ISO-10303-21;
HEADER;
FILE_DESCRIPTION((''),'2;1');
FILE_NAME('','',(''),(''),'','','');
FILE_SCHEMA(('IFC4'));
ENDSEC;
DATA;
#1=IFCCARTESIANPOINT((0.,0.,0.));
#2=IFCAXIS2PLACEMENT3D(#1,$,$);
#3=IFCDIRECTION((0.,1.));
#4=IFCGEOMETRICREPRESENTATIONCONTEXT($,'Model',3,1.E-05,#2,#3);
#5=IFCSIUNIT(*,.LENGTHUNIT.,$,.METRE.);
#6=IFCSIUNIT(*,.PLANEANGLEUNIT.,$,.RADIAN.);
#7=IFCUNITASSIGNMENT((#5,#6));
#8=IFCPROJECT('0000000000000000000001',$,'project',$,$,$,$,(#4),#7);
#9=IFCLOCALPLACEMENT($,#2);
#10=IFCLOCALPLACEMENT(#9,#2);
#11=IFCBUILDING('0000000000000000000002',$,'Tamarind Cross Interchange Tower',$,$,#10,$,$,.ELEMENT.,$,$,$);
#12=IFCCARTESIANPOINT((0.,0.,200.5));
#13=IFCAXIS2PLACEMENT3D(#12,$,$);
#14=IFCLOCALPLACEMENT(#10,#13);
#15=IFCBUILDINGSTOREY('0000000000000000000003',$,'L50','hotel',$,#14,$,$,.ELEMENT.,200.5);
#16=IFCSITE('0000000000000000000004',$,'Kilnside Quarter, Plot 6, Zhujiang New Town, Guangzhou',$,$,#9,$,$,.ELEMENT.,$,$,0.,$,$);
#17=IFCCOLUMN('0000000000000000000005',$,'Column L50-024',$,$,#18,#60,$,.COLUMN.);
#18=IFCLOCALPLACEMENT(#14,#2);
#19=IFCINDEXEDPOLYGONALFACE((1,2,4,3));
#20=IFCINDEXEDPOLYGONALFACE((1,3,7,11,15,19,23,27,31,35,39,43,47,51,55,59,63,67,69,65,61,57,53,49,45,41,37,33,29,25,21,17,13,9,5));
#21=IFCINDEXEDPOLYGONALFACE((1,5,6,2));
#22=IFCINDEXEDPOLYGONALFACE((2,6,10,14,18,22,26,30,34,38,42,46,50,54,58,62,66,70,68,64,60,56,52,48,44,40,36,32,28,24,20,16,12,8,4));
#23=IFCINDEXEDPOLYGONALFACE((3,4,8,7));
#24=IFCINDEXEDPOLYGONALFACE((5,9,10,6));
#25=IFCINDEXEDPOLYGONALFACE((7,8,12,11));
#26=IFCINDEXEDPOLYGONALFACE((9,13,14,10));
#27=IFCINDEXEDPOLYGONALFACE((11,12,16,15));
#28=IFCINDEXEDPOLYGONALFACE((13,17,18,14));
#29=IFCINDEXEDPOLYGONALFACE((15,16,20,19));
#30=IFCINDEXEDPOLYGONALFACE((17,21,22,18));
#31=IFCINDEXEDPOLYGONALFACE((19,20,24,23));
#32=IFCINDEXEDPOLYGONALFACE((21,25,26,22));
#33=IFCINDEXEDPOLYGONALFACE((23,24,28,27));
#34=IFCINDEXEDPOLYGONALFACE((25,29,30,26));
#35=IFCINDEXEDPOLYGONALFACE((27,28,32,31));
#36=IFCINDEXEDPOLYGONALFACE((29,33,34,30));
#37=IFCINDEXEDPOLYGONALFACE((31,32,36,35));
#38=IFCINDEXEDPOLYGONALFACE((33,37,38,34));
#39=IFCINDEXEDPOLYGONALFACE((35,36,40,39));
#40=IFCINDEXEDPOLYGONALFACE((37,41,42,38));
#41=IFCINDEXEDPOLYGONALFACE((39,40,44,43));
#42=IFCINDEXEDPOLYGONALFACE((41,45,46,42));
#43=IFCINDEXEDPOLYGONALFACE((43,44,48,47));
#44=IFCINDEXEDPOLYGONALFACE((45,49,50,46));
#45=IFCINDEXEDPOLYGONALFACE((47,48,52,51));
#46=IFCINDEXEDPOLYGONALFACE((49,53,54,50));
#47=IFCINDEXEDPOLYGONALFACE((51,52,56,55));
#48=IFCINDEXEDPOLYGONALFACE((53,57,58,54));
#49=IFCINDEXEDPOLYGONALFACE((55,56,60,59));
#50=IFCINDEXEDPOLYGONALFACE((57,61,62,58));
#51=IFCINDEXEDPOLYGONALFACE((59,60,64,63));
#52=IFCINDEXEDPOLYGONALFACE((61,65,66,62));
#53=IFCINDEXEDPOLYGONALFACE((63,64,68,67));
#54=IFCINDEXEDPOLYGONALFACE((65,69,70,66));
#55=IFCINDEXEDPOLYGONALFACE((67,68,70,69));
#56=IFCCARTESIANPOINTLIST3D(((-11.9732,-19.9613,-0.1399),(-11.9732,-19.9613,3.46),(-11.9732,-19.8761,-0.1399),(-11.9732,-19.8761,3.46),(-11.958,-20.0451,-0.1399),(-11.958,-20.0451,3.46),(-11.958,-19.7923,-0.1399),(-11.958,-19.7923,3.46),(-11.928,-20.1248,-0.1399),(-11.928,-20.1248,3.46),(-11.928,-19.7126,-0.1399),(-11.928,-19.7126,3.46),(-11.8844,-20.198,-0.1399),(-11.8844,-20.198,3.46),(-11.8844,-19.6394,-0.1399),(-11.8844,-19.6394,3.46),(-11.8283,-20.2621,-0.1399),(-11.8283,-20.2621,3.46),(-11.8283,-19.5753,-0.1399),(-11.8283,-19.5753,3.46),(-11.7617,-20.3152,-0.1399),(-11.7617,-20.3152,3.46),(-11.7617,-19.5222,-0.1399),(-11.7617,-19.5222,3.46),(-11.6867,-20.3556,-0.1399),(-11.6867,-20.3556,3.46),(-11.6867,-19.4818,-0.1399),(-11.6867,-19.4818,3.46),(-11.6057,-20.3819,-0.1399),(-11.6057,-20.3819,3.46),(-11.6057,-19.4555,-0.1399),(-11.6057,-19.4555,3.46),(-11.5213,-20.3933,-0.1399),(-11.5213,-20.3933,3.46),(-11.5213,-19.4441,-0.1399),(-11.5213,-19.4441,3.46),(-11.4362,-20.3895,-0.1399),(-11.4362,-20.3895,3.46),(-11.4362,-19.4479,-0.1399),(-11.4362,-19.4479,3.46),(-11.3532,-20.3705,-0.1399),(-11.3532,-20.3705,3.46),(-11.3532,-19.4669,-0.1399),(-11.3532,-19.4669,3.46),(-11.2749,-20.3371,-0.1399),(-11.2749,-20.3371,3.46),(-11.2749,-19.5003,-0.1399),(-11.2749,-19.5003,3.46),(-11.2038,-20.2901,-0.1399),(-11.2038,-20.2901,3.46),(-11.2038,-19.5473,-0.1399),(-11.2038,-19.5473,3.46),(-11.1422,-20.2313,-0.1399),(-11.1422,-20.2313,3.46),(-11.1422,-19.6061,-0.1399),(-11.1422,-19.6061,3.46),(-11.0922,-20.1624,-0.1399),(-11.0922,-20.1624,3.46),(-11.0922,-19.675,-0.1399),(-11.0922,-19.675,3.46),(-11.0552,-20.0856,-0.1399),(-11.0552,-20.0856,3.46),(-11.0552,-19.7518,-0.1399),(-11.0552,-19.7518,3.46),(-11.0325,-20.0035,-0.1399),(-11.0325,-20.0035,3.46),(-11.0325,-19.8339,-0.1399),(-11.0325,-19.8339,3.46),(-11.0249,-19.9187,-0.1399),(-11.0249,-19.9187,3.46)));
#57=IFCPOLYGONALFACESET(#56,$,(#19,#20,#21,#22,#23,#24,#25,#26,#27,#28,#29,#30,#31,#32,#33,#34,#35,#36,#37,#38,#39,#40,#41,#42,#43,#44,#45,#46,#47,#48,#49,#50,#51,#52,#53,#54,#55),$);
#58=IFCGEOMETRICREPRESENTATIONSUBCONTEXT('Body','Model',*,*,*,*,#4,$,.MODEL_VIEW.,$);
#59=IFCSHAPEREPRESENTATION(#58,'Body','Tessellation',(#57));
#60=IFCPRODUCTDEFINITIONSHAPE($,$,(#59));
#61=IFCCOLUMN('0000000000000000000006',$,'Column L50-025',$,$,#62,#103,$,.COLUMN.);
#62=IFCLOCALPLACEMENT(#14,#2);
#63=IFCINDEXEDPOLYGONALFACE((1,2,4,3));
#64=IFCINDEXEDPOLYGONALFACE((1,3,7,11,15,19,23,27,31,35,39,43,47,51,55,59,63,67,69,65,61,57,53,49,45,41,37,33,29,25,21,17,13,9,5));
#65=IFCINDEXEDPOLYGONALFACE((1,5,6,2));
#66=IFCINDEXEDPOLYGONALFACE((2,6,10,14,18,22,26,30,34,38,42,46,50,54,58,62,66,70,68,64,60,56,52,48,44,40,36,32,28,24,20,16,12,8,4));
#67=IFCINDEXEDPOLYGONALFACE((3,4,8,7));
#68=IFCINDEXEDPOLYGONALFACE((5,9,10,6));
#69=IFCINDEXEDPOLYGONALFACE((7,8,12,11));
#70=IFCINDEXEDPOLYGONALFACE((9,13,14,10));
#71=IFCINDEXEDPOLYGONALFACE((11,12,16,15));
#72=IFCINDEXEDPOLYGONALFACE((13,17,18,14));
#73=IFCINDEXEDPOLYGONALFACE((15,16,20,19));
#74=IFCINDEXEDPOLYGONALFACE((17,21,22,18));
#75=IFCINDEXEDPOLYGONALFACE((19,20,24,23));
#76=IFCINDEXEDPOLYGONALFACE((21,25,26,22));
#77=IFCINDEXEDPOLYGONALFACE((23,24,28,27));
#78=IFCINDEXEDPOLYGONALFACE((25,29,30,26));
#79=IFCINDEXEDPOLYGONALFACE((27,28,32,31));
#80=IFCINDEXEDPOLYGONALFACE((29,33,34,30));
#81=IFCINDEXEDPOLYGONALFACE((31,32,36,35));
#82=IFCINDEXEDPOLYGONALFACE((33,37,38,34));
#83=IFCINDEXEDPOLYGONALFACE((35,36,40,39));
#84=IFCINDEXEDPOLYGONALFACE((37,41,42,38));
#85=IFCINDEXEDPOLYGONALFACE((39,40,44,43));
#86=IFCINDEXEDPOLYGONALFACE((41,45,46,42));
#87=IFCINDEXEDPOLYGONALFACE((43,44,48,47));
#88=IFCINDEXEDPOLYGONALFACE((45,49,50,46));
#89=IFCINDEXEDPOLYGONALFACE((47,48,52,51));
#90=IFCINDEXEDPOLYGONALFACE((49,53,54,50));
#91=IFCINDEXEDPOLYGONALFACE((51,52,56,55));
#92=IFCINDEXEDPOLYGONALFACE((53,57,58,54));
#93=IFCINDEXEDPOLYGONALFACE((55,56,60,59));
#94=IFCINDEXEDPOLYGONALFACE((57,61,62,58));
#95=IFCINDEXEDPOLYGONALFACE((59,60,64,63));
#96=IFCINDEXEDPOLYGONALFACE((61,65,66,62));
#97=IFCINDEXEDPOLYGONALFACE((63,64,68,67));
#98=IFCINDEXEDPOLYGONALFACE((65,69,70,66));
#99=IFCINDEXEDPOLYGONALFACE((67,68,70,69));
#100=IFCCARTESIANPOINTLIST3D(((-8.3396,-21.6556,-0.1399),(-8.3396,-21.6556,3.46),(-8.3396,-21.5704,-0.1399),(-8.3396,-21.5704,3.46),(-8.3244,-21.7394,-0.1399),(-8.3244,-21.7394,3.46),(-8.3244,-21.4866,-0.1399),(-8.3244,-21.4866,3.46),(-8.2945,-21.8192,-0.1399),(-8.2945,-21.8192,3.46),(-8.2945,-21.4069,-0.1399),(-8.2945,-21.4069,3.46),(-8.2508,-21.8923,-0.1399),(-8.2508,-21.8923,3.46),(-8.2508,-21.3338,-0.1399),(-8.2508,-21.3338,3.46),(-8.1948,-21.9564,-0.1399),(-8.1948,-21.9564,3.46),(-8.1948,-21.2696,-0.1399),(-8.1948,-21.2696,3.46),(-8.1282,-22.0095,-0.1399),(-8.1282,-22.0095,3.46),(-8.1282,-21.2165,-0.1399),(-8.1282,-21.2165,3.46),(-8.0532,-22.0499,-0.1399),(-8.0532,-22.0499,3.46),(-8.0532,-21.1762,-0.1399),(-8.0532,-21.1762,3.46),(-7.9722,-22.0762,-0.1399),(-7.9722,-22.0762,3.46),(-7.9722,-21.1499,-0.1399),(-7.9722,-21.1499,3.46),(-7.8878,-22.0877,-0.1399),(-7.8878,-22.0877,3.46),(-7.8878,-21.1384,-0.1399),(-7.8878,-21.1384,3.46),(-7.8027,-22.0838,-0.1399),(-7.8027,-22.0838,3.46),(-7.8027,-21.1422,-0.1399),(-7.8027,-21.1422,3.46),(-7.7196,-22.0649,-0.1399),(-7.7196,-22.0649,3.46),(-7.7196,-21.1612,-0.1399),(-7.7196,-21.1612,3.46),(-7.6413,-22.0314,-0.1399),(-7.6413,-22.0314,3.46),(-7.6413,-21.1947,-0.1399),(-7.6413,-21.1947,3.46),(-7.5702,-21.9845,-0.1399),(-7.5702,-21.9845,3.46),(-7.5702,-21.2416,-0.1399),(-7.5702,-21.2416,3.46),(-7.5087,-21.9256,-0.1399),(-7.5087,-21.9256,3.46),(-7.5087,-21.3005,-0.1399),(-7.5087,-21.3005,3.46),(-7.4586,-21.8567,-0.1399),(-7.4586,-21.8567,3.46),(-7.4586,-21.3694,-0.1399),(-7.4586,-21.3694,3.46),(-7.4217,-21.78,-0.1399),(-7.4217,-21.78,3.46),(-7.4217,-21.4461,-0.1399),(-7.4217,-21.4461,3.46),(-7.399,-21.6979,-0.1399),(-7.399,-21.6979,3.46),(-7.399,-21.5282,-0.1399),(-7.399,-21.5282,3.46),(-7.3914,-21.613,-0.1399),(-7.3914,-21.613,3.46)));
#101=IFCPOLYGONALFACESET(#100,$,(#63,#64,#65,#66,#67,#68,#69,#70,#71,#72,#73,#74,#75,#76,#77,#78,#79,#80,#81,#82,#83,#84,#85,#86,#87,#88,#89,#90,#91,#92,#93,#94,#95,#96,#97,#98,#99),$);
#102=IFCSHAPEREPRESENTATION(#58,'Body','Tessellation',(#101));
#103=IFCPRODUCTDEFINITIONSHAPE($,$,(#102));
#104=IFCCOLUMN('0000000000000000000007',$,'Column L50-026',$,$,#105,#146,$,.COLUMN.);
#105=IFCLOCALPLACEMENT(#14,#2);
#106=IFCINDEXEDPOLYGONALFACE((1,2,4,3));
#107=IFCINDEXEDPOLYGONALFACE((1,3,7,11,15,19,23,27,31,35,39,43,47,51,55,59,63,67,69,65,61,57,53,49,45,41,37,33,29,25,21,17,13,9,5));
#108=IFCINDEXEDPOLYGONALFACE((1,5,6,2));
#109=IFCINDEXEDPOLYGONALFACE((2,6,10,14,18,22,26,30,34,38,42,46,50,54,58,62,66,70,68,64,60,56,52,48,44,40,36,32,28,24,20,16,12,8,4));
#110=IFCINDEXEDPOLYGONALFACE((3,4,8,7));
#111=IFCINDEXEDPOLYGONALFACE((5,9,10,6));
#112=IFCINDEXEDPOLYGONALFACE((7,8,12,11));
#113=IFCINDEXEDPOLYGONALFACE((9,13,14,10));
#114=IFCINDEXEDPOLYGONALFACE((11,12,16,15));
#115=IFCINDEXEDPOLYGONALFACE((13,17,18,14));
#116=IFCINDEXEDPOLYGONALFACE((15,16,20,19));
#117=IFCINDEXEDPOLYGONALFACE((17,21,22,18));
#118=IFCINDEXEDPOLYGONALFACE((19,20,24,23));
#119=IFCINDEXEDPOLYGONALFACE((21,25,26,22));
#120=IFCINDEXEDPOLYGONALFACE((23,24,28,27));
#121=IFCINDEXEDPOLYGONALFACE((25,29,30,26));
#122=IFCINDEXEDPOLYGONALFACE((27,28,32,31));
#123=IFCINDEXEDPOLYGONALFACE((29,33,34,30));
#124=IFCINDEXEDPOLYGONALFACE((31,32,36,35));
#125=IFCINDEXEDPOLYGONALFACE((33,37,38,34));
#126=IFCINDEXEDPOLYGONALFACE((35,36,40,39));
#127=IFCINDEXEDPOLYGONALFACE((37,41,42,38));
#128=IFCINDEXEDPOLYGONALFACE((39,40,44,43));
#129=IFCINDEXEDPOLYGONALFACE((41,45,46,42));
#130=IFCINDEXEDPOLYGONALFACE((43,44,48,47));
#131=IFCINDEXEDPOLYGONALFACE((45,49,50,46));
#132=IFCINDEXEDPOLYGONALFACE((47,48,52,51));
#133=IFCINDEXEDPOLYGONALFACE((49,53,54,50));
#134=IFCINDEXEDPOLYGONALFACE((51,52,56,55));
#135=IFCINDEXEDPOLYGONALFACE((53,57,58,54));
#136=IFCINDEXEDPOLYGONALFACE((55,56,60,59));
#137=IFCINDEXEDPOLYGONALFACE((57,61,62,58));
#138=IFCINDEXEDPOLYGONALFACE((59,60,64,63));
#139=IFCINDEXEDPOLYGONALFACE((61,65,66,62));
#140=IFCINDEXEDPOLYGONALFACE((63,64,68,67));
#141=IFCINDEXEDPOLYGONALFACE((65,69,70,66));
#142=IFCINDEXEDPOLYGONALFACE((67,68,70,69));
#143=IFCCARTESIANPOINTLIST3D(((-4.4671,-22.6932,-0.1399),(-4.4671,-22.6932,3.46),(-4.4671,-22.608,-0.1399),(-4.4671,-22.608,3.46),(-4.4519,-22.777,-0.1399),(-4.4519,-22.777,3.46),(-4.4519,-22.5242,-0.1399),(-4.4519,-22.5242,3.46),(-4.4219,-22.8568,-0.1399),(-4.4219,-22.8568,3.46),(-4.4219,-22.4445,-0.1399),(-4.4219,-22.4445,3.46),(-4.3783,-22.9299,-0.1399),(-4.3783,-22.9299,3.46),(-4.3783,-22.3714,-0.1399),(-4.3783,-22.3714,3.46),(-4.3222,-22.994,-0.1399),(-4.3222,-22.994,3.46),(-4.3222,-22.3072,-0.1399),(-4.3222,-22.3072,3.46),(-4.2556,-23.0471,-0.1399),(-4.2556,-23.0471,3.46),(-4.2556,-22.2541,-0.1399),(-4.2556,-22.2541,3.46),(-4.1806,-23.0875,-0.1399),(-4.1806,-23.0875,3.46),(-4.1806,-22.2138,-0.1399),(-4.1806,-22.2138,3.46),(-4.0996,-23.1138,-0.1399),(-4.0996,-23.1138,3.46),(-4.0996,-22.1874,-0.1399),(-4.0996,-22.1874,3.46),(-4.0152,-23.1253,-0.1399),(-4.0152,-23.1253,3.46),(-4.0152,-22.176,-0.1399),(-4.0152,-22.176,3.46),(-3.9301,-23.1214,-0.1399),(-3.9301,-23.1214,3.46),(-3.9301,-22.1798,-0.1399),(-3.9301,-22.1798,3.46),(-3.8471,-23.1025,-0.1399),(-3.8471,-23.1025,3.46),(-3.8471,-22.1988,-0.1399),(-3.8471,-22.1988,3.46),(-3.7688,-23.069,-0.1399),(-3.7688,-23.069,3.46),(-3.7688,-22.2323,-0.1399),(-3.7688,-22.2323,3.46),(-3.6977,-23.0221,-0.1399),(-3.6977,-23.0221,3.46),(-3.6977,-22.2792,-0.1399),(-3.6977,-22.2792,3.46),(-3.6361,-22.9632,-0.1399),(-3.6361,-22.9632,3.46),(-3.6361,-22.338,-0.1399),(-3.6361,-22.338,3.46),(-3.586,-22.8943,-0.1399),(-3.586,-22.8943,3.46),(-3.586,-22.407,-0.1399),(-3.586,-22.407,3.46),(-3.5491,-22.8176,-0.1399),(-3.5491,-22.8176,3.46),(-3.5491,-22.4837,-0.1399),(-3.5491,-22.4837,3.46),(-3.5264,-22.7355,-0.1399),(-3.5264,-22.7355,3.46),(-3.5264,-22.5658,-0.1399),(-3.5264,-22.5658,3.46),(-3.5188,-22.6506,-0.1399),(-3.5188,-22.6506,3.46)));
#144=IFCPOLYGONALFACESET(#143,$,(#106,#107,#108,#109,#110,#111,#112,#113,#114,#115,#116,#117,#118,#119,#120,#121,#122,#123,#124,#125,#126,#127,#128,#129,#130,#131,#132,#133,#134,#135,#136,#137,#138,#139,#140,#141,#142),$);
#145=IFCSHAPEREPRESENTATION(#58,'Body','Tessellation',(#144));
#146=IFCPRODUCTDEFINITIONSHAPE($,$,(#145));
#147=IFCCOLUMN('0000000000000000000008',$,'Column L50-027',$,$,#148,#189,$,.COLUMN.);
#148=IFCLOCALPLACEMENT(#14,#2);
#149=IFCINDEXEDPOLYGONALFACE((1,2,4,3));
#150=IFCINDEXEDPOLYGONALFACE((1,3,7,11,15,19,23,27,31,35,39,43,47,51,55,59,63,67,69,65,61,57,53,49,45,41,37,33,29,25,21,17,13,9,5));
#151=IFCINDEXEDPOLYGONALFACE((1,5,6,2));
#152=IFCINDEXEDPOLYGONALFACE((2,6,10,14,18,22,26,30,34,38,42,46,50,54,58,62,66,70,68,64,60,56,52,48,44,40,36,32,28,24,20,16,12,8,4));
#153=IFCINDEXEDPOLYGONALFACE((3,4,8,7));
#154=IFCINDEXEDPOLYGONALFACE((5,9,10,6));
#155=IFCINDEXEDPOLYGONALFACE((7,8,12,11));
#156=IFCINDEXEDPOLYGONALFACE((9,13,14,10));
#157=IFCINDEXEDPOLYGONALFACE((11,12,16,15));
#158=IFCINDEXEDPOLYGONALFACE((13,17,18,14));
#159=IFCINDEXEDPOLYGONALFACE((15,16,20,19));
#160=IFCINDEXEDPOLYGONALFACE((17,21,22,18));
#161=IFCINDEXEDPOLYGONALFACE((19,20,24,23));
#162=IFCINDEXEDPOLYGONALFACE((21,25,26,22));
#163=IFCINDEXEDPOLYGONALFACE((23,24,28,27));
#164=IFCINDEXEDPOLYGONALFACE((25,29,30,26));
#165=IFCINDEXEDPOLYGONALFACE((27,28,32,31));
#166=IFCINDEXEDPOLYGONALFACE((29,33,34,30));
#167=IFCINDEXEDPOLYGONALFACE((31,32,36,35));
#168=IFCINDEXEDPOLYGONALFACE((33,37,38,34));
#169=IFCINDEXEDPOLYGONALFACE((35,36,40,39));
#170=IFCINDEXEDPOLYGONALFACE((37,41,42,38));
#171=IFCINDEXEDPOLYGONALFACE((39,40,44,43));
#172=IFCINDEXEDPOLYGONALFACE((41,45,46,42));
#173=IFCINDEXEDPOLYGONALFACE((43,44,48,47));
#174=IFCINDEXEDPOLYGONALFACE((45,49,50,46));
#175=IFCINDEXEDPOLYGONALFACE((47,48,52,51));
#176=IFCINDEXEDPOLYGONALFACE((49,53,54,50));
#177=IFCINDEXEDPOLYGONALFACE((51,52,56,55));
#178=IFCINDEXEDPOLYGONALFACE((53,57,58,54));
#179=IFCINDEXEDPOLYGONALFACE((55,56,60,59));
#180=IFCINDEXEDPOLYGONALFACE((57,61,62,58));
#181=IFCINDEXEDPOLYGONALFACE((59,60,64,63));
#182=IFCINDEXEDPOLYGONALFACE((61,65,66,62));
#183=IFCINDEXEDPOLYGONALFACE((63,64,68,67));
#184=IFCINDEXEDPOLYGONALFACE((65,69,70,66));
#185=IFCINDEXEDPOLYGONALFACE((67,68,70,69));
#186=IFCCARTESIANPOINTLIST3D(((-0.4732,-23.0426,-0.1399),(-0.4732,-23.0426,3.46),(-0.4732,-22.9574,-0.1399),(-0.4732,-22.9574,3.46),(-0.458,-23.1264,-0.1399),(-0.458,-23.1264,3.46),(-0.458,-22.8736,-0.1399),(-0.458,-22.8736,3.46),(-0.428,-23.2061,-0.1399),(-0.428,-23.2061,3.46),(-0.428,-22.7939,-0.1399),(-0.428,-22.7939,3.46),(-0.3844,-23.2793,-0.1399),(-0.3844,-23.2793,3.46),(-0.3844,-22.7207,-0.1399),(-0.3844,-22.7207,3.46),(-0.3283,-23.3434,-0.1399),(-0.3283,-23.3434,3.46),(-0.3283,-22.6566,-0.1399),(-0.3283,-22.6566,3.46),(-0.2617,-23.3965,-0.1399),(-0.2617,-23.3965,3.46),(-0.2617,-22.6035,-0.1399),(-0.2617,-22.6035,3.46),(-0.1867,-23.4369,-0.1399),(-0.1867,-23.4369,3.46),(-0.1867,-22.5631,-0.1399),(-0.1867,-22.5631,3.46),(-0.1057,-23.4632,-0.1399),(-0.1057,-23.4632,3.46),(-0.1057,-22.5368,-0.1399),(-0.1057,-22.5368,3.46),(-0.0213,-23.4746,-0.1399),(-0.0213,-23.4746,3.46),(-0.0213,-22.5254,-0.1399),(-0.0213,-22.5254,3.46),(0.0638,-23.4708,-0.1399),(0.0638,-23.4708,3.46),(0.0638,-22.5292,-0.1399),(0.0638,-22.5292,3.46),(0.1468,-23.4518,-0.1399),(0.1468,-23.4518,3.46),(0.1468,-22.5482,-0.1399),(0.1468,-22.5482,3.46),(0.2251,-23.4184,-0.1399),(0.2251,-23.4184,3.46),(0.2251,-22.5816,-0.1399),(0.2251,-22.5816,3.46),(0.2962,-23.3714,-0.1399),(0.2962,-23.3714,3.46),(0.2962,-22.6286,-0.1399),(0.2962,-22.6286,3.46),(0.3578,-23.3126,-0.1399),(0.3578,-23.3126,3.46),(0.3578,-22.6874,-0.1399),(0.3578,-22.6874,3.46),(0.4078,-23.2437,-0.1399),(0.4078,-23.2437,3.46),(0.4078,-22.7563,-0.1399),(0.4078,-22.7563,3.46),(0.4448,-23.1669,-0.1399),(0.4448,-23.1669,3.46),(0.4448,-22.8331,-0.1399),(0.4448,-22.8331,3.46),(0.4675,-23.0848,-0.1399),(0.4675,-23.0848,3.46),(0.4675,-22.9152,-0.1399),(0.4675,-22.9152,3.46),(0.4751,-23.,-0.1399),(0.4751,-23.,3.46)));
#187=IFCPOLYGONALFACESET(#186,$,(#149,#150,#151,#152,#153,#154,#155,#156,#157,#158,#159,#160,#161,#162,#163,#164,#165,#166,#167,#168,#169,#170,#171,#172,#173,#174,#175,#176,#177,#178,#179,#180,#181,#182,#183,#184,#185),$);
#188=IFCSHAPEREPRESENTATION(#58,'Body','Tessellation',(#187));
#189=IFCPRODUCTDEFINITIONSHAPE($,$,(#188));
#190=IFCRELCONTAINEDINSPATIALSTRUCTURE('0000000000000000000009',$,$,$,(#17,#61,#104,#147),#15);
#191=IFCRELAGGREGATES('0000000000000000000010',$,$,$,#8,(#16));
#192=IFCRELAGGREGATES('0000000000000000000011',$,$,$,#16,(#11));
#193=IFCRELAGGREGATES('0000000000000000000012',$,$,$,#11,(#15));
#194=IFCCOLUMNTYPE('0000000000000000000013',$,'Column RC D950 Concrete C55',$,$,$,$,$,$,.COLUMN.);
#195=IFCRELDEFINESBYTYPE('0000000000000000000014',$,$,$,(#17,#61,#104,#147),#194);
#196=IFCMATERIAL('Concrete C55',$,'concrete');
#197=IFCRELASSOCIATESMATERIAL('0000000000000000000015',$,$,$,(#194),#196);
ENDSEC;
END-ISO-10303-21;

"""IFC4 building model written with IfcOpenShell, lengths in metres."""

from ifc_helpers import new_model, si_unit, direction, frame, origin, origin_2d, place, context, subcontext, project, spatial, circle, extrude, material, material_profile, profile_set, type_object, element, save


model = new_model("IFC4")

# Units and contexts
model_context = context("Model", 3, precision=1e-05, world=origin(), true_north=direction((0.0, 1.0)))
body_context = subcontext(model_context, "Body", "Model", "MODEL_VIEW")
ifc_project = project(units=[si_unit("LENGTHUNIT", "METRE"), si_unit("PLANEANGLEUNIT", "RADIAN")], contexts=[model_context])

# Site, building, storey
site_placement = place(None, origin())
site = spatial("IfcSite", under=ifc_project, at=site_placement, Name="Kilnside Quarter, Plot 6, Zhujiang New Town, Guangzhou", CompositionType="ELEMENT", RefElevation=0.0)
building_placement = place(site_placement, origin())
building = spatial("IfcBuilding", under=site, at=building_placement, Name="Tamarind Cross Interchange Tower", CompositionType="ELEMENT")
storey_placement = place(building_placement, frame((0.0, 0.0, 200.5)))
storey = spatial("IfcBuildingStorey", under=building, at=storey_placement, Name="L50", Description="hotel", CompositionType="ELEMENT", Elevation=200.5)

# Columns
ifc_material_1 = material(Name="Concrete C55", Category="concrete")
ifc_material_profile_1 = material_profile(ifc_material_1, circle(Radius=0.4751, at=origin_2d()), Name="RC D950")
ifc_profile_set_1 = profile_set([ifc_material_profile_1], Name="Concrete C55")
column_type = type_object("IfcColumnType", Name="Column RC D950 Concrete C55", PredefinedType="COLUMN", material=ifc_profile_set_1)
for number, where, z_axis, x_axis, name in (
    (1, (-11.5, -19.9187, -0.1399), (0.0, 0.0, 1.0), (1.0, 0.0, 0.0), "Column L50-024"),
    (2, (-7.8665, -21.613, -0.1399), (0.0, 0.0, 1.0), (1.0, 0.0, 0.0), "Column L50-025"),
    (3, (-3.9939, -22.6506, -0.1399), (0.0, 0.0, 1.0), (1.0, 0.0, 0.0), "Column L50-026"),
    (4, (0.0, -23.0, -0.1399), (0.0, 0.0, 1.0), (1.0, 0.0, 0.0), "Column L50-027"),
):
    element("IfcColumn", number, at=place(storey_placement, frame(where, z_axis=z_axis, x_axis=x_axis)), inside=storey, type_object=column_type, Name=name, PredefinedType="COLUMN", context=body_context, shape_type="SweptSolid", body=[
        extrude(circle(Radius=0.4751, at=origin_2d()), origin(), (0.0, 0.0, 1.0), 3.5999),
    ])

save(model, "model.ifc")
